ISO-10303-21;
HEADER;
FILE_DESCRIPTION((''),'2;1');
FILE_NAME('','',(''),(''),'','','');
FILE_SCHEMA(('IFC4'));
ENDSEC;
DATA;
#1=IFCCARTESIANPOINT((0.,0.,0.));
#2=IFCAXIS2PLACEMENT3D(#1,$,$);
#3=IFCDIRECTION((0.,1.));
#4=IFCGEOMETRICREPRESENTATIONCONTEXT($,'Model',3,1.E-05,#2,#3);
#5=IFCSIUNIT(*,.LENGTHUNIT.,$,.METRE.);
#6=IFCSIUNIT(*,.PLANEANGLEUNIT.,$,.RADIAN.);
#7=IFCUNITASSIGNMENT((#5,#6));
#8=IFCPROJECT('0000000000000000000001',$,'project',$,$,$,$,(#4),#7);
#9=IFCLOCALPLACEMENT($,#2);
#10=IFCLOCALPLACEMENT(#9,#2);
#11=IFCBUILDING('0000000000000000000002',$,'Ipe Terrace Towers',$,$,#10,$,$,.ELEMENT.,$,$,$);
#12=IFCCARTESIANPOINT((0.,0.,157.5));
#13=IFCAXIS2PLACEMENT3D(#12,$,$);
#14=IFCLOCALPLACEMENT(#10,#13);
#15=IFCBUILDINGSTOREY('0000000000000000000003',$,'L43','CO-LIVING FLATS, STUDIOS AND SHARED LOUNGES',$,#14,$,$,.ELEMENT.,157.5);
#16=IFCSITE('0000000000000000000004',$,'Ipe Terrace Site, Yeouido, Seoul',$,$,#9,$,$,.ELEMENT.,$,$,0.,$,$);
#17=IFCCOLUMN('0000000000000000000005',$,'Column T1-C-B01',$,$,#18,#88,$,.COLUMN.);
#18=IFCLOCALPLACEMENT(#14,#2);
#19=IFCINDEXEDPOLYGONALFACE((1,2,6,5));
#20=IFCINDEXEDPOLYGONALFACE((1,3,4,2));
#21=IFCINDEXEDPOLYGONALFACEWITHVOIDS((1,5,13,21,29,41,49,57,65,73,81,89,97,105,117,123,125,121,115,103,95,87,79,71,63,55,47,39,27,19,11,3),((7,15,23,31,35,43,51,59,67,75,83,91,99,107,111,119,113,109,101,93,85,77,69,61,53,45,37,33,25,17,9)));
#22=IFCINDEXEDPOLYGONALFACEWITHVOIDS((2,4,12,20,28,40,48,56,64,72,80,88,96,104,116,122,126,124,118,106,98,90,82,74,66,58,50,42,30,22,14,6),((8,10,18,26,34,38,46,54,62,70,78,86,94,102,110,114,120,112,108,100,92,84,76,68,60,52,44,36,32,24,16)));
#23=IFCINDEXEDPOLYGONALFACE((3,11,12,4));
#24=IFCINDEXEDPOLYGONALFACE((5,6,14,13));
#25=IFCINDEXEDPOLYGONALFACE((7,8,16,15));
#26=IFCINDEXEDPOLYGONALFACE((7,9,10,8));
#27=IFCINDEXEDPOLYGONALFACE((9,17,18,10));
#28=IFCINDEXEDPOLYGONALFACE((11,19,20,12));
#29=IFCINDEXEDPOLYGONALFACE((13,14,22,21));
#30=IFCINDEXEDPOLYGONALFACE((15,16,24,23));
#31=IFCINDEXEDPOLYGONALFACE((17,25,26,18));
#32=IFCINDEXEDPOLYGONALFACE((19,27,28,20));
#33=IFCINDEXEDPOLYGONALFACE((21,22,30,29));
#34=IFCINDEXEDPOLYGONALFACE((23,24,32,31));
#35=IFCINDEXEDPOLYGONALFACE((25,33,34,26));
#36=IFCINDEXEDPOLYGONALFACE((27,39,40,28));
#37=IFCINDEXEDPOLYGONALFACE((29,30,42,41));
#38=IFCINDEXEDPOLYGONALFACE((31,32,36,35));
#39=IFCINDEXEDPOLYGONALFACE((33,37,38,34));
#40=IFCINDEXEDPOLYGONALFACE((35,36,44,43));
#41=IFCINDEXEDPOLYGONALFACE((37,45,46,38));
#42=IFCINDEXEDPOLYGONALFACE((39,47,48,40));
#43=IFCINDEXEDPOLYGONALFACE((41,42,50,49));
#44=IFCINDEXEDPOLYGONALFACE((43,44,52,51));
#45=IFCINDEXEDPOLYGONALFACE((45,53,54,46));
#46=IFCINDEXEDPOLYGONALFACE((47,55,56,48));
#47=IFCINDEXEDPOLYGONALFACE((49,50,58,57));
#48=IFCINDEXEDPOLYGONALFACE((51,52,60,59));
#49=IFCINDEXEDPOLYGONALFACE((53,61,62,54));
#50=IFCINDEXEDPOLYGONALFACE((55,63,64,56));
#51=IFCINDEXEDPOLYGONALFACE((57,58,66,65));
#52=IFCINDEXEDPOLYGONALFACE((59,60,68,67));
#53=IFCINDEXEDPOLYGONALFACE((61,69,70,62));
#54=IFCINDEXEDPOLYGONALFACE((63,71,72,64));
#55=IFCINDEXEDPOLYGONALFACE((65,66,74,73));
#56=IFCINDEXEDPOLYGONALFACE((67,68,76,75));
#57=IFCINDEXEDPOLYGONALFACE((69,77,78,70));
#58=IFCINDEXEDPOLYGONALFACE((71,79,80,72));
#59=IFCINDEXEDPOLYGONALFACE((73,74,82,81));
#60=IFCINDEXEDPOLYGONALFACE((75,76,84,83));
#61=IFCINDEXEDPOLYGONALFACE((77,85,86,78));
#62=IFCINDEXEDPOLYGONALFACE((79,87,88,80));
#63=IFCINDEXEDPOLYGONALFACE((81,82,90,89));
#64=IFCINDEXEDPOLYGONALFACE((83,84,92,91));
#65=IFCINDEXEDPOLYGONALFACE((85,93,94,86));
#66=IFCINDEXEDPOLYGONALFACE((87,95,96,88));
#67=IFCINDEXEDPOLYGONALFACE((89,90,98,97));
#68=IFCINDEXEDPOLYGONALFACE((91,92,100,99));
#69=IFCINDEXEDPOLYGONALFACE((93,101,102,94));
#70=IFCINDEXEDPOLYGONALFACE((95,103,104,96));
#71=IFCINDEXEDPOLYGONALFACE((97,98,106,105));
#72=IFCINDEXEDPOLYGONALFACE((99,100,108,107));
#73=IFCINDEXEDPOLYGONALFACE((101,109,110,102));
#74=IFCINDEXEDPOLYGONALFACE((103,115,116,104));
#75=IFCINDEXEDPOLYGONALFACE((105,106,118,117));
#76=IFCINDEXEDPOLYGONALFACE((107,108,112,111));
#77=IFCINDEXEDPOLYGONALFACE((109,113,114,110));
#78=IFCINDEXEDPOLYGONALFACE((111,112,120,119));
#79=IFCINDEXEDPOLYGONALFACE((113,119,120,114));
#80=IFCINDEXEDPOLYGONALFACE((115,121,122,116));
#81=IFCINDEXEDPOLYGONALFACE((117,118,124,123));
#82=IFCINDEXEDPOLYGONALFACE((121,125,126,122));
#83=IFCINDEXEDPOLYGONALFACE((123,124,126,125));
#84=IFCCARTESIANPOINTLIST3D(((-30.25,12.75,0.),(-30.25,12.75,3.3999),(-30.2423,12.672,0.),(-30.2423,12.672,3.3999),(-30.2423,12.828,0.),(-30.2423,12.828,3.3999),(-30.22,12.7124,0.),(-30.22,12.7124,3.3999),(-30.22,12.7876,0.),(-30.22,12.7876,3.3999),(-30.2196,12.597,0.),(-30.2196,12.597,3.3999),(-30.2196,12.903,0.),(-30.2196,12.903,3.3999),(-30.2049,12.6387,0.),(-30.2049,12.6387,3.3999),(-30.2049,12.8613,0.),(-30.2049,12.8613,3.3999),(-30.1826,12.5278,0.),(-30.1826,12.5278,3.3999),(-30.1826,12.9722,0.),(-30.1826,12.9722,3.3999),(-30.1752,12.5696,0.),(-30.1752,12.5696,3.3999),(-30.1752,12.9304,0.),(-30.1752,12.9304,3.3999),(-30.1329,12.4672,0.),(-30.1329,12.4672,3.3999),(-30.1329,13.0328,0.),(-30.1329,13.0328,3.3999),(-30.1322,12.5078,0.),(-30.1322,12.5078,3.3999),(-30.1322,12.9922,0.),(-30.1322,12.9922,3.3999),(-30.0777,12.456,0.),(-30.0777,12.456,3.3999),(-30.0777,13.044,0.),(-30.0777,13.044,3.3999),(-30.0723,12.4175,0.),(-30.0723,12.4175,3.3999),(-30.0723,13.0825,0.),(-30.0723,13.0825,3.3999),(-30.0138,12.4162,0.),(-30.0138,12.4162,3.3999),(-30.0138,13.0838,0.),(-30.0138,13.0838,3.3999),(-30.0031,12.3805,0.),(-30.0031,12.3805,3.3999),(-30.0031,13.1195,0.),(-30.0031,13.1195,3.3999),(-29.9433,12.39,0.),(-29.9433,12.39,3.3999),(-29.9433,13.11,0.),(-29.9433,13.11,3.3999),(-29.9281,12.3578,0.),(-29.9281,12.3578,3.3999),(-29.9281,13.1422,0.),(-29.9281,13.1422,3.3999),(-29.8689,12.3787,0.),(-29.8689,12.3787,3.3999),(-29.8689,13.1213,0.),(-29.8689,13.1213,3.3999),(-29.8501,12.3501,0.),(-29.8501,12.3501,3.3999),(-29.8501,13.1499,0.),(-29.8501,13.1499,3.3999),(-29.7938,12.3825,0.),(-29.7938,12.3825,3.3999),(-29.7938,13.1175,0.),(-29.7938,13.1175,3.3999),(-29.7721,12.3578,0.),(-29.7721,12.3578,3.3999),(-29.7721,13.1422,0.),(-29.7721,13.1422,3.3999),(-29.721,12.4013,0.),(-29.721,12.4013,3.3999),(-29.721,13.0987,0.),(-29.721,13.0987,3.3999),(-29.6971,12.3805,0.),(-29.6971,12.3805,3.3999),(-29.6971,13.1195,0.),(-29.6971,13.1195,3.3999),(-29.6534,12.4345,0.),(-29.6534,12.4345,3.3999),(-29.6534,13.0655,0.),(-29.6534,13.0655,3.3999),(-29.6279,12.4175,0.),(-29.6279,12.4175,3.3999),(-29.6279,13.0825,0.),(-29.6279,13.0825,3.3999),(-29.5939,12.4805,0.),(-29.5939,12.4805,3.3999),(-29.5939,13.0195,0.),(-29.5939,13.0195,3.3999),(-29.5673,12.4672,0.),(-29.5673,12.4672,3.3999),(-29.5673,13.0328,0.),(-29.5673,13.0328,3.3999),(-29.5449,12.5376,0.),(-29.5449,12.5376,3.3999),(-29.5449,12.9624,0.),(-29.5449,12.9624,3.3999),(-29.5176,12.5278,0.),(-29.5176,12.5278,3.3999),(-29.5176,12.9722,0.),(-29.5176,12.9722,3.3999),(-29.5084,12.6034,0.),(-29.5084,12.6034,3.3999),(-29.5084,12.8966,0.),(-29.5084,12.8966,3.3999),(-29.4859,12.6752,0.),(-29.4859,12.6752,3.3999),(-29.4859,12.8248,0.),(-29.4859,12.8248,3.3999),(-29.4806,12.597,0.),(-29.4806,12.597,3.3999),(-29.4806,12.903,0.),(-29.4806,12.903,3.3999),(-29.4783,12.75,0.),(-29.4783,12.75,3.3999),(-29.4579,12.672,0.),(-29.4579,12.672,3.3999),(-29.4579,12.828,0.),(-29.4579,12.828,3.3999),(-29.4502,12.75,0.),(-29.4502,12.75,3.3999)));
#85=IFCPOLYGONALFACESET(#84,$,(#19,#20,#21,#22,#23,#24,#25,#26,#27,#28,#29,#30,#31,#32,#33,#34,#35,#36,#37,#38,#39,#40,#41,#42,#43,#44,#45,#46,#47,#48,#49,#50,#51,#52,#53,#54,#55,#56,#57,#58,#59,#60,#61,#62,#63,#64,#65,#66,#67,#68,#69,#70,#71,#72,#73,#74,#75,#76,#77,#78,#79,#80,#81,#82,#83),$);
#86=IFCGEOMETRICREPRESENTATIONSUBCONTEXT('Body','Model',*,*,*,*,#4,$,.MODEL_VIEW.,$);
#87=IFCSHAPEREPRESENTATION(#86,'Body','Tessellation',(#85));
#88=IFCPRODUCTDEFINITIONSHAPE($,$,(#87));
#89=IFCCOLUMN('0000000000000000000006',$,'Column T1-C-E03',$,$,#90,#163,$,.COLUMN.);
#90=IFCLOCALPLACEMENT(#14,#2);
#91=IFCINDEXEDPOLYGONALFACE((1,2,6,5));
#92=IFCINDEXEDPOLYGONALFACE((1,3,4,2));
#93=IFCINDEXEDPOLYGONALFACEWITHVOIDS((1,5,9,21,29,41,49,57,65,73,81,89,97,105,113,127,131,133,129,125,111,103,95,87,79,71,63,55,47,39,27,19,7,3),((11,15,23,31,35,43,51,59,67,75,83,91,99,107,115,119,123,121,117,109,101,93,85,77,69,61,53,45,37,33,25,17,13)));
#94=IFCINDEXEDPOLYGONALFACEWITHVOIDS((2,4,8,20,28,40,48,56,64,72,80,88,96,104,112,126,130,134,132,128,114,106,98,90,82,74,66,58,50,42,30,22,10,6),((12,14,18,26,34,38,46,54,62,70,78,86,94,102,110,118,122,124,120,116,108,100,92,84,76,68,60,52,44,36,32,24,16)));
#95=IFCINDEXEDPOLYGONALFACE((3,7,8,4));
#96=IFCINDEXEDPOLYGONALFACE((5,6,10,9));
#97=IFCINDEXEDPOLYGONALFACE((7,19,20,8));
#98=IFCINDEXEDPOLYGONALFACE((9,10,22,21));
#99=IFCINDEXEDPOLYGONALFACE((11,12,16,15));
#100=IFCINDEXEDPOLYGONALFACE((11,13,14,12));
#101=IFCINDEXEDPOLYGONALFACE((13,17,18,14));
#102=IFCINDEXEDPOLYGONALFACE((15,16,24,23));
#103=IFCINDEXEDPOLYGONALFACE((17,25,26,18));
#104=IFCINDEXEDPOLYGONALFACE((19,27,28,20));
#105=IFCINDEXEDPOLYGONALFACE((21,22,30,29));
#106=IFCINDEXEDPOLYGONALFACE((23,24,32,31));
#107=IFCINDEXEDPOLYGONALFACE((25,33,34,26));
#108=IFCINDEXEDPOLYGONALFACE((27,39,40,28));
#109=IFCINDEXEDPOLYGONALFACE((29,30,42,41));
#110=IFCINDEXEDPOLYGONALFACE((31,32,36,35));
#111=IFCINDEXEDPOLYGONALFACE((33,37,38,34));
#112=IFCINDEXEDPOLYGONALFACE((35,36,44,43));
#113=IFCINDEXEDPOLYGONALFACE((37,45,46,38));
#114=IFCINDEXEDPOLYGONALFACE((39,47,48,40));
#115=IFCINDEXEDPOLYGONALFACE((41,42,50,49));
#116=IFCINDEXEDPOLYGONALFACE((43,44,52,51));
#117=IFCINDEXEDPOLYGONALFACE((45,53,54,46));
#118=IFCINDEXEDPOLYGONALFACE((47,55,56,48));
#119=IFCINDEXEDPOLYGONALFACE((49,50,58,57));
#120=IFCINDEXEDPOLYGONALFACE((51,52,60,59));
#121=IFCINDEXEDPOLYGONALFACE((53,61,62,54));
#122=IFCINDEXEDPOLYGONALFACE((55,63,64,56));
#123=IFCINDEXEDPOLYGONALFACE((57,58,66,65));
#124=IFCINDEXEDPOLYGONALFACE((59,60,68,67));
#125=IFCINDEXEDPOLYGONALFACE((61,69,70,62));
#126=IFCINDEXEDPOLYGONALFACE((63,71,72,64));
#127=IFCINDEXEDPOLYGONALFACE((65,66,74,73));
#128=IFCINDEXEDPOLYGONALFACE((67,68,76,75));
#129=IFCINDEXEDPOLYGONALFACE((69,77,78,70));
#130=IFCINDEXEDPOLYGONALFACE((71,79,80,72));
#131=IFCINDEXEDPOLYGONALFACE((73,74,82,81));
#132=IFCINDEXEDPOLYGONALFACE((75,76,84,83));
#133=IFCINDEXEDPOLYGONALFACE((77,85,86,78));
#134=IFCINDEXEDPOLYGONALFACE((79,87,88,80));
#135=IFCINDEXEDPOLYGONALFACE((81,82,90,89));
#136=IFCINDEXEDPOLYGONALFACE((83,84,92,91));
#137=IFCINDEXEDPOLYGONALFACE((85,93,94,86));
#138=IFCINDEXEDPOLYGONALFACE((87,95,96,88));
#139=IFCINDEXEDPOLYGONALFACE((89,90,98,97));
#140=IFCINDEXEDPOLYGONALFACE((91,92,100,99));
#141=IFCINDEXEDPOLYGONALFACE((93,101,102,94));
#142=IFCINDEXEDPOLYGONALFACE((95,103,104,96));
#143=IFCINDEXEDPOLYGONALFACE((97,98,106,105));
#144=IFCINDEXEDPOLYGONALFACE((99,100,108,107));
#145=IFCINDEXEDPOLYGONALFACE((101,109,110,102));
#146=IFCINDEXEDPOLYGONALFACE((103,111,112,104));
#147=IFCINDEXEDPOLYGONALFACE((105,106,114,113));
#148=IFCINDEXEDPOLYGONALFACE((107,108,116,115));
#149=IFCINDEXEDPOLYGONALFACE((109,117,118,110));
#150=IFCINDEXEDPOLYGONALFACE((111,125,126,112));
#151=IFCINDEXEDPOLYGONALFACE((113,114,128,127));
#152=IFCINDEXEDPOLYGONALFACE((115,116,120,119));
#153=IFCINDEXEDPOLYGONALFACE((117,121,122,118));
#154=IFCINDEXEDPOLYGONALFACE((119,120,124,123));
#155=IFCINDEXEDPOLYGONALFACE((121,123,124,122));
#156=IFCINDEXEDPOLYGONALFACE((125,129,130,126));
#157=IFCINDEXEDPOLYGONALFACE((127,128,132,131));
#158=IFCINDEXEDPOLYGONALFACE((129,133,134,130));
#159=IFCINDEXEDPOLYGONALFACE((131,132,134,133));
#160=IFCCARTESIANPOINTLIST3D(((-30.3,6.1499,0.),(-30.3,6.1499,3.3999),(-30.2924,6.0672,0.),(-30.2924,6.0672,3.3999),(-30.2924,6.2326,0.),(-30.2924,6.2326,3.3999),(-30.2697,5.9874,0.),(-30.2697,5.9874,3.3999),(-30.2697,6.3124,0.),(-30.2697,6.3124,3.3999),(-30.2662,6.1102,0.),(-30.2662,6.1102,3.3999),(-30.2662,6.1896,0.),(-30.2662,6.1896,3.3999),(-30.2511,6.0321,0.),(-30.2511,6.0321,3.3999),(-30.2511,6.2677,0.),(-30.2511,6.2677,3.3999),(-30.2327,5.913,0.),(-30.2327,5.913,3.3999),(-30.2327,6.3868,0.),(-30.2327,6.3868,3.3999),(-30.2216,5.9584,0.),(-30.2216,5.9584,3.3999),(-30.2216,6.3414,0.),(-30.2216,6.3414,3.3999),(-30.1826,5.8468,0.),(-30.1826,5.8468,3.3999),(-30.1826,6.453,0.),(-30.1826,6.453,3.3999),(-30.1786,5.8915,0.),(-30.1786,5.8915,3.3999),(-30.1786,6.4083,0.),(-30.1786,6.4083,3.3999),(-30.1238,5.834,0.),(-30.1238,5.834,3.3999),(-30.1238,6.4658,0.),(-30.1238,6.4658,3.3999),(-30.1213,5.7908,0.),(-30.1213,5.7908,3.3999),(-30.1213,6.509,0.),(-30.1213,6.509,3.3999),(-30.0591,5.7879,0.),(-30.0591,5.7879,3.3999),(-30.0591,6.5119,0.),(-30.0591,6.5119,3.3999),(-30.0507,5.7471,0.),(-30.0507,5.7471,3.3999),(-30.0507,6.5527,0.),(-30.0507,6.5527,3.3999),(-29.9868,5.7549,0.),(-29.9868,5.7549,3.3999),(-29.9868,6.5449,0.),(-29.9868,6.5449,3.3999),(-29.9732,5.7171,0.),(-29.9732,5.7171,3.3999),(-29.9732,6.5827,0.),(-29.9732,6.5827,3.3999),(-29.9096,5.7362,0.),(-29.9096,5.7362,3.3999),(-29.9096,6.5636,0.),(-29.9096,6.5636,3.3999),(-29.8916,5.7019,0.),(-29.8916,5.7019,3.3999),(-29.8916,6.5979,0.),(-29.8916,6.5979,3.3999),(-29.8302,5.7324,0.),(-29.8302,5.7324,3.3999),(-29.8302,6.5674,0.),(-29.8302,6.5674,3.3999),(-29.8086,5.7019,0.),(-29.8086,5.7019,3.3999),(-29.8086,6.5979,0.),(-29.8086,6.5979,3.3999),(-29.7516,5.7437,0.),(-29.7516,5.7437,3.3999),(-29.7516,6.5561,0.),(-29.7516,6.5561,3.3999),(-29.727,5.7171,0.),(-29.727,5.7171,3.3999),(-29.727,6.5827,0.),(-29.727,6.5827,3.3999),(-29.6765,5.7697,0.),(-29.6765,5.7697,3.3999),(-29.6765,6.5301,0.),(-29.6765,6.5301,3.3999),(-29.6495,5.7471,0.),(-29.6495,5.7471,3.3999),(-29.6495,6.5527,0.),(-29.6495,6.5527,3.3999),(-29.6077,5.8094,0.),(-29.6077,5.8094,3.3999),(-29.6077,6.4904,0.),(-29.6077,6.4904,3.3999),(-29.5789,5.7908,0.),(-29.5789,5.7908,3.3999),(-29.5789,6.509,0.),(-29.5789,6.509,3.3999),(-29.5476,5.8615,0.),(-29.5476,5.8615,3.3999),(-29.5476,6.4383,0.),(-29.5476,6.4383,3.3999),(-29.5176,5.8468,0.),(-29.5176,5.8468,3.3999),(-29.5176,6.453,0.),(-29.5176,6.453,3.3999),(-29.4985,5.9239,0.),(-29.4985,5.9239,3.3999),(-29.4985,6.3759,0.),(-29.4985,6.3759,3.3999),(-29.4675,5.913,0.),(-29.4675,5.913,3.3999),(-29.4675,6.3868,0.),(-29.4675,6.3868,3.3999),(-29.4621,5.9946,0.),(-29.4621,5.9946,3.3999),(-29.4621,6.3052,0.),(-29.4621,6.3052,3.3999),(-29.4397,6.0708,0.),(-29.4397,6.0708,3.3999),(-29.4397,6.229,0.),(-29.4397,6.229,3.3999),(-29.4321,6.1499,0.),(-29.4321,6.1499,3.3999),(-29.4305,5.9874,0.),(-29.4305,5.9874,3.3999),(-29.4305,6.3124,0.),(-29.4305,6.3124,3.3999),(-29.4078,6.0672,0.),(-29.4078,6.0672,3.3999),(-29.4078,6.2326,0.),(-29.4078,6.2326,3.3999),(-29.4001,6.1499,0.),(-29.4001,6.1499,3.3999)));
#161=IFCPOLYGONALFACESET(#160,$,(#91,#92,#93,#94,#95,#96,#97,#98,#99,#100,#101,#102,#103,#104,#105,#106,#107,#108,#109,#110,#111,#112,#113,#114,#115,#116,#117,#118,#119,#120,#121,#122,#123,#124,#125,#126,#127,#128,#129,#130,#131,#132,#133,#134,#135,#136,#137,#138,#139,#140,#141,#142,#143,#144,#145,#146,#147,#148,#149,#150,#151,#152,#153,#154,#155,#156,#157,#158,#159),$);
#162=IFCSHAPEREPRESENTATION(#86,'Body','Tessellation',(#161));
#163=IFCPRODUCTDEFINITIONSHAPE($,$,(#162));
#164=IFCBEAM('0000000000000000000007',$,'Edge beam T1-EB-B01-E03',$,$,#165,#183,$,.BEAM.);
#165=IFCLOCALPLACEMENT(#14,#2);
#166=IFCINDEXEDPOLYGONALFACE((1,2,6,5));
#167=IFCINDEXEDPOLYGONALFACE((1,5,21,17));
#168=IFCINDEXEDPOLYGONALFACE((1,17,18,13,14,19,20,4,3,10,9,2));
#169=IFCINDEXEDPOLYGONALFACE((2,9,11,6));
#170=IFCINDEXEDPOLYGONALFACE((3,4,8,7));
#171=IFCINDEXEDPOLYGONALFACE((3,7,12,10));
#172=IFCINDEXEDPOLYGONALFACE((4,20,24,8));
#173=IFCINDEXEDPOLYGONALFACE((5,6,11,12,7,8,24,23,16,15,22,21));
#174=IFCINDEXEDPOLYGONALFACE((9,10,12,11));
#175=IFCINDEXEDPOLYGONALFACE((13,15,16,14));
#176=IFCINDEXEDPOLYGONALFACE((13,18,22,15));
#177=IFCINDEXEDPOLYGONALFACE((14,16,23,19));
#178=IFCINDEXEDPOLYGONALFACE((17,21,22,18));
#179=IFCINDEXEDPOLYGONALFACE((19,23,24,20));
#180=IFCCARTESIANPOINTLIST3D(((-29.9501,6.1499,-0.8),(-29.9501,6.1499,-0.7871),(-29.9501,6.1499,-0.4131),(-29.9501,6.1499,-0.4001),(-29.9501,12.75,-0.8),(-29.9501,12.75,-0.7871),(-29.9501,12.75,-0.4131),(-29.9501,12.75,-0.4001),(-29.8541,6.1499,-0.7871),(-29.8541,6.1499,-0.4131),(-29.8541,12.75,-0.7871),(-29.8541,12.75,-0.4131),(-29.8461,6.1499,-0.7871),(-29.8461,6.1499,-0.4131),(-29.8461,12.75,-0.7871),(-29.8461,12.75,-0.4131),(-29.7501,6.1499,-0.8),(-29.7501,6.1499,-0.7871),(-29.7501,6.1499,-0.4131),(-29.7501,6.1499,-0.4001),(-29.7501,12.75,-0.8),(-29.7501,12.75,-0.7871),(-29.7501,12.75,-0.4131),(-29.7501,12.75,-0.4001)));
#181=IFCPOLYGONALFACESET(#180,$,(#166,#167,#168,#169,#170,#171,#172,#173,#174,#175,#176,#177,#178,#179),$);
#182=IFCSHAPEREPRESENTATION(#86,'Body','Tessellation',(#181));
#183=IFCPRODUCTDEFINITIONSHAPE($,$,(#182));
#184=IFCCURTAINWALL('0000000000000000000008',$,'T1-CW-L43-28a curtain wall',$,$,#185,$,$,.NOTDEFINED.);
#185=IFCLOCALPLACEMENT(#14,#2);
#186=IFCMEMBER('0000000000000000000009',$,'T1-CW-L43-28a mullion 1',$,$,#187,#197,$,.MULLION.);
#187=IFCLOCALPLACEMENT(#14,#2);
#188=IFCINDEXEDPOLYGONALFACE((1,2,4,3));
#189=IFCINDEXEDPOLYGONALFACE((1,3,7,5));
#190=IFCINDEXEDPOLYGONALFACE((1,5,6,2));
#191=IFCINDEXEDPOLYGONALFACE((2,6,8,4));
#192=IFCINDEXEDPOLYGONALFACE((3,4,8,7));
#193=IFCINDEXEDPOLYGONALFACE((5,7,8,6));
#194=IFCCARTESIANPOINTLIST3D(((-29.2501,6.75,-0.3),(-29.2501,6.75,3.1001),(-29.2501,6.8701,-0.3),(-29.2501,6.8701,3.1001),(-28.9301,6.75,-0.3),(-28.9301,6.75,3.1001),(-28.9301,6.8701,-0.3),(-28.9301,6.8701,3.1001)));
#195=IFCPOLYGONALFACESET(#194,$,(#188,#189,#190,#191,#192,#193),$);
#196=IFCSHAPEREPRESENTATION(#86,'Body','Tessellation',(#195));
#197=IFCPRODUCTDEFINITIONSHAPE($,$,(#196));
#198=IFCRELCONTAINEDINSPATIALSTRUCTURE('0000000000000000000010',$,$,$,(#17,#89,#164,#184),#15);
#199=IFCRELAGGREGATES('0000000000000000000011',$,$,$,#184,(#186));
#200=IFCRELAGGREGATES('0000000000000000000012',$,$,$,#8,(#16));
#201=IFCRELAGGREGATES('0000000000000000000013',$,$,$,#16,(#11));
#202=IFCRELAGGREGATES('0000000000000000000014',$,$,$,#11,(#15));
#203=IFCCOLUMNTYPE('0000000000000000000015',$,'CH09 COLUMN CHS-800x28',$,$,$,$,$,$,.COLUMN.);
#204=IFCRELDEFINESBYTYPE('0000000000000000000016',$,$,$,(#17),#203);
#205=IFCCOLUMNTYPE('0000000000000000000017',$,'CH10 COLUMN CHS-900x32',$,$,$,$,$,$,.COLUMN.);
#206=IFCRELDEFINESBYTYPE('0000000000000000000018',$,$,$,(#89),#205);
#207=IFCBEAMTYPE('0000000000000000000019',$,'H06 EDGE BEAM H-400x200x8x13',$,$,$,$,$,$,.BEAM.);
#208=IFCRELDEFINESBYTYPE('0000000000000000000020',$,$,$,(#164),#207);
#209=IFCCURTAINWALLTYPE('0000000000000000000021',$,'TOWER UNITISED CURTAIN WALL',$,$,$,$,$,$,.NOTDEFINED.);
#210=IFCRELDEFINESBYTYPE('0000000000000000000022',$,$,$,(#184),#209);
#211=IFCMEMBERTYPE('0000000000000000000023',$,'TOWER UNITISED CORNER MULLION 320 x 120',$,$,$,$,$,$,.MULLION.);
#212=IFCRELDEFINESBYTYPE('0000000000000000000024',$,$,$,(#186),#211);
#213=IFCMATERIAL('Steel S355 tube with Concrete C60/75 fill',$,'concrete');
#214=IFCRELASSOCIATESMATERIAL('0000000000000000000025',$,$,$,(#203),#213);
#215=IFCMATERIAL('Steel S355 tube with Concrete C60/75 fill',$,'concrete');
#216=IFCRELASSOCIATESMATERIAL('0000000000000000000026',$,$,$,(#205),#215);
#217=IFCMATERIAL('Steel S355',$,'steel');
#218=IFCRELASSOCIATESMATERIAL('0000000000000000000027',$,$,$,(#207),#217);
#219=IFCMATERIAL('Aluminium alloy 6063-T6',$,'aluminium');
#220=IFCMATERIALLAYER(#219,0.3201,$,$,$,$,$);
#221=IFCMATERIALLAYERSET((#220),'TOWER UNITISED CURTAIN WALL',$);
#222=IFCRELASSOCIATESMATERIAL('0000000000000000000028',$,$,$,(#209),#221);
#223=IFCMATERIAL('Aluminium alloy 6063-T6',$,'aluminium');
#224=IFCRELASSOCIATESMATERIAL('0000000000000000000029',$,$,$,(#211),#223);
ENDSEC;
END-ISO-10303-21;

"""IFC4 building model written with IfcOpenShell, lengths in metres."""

from ifc_helpers import new_model, si_unit, direction, frame, origin, origin_2d, place, context, subcontext, project, spatial, rectangle, hollow_circle, i_section, extrude, material, layer, layer_set, material_profile, profile_set, type_object, element, aggregate, save


model = new_model("IFC4")

# Units and contexts
model_context = context("Model", 3, precision=1e-05, world=origin(), true_north=direction((0.0, 1.0)))
body_context = subcontext(model_context, "Body", "Model", "MODEL_VIEW")
ifc_project = project(units=[si_unit("LENGTHUNIT", "METRE"), si_unit("PLANEANGLEUNIT", "RADIAN")], contexts=[model_context])

# Site, building, storey
site_placement = place(None, origin())
site = spatial("IfcSite", under=ifc_project, at=site_placement, Name="Ipe Terrace Site, Yeouido, Seoul", CompositionType="ELEMENT", RefElevation=0.0)
building_placement = place(site_placement, origin())
building = spatial("IfcBuilding", under=site, at=building_placement, Name="Ipe Terrace Towers", CompositionType="ELEMENT")
storey_placement = place(building_placement, frame((0.0, 0.0, 157.5)))
storey = spatial("IfcBuildingStorey", under=building, at=storey_placement, Name="L43", Description="CO-LIVING FLATS, STUDIOS AND SHARED LOUNGES", CompositionType="ELEMENT", Elevation=157.5)

# Columns
ifc_material_1 = material(Name="Steel S355 tube with Concrete C60/75 fill", Category="concrete")
ifc_material_profile_1 = material_profile(ifc_material_1, hollow_circle(Radius=0.3999, WallThickness=0.0281, at=origin_2d()), Name="CHS-800x28")
ifc_profile_set_1 = profile_set([ifc_material_profile_1], Name="Steel S355 tube with Concrete C60/75 fill")
column_type_1 = type_object("IfcColumnType", Name="CH09 COLUMN CHS-800x28", PredefinedType="COLUMN", material=ifc_profile_set_1)
column_1_placement = place(storey_placement, frame((-29.8501, 12.75, 0.0), z_axis=(0.0, 0.0, 1.0), x_axis=(1.0, 0.0, 0.0)))
element("IfcColumn", 1, at=column_1_placement, inside=storey, type_object=column_type_1, Name="Column T1-C-B01", PredefinedType="COLUMN", context=body_context, shape_type="SweptSolid", body=[
    extrude(hollow_circle(Radius=0.3999, WallThickness=0.0281, at=origin_2d()), origin(), (0.0, 0.0, 1.0), 3.3999),
])
ifc_material_2 = material(Name="Steel S355 tube with Concrete C60/75 fill", Category="concrete")
ifc_material_profile_2 = material_profile(ifc_material_2, hollow_circle(Radius=0.45, WallThickness=0.032, at=origin_2d()), Name="CHS-900x32")
ifc_profile_set_2 = profile_set([ifc_material_profile_2], Name="Steel S355 tube with Concrete C60/75 fill")
column_type_2 = type_object("IfcColumnType", Name="CH10 COLUMN CHS-900x32", PredefinedType="COLUMN", material=ifc_profile_set_2)
column_2_placement = place(storey_placement, frame((-29.8501, 6.1499, 0.0), z_axis=(0.0, 0.0, 1.0), x_axis=(1.0, 0.0, 0.0)))
element("IfcColumn", 2, at=column_2_placement, inside=storey, type_object=column_type_2, Name="Column T1-C-E03", PredefinedType="COLUMN", context=body_context, shape_type="SweptSolid", body=[
    extrude(hollow_circle(Radius=0.45, WallThickness=0.032, at=origin_2d()), origin(), (0.0, 0.0, 1.0), 3.3999),
])

# Beam
ifc_material_3 = material(Name="Steel S355", Category="steel")
ifc_material_profile_3 = material_profile(ifc_material_3, i_section(OverallWidth=0.2, OverallDepth=0.3999, WebThickness=0.0081, FlangeThickness=0.0129, at=origin_2d()), Name="H-400x200x8x13")
ifc_profile_set_3 = profile_set([ifc_material_profile_3], Name="Steel S355")
beam_type = type_object("IfcBeamType", Name="H06 EDGE BEAM H-400x200x8x13", PredefinedType="BEAM", material=ifc_profile_set_3)
beam_placement = place(storey_placement, frame((-29.8501, 12.75, -0.6001), z_axis=(0.0, -1.0, 0.0), x_axis=(1.0, 0.0, 0.0)))
element("IfcBeam", 3, at=beam_placement, inside=storey, type_object=beam_type, Name="Edge beam T1-EB-B01-E03", PredefinedType="BEAM", context=body_context, shape_type="SweptSolid", body=[
    extrude(i_section(OverallWidth=0.2, OverallDepth=0.3999, WebThickness=0.0081, FlangeThickness=0.0129, at=origin_2d()), origin(), (0.0, 0.0, 1.0), 6.6001),
])

# Curtain wall, member
ifc_material_4 = material(Name="Aluminium alloy 6063-T6", Category="aluminium")
ifc_layer_1 = layer(ifc_material_4, 0.3201)
ifc_layer_set_1 = layer_set([ifc_layer_1], Name="TOWER UNITISED CURTAIN WALL")
curtain_wall_type = type_object("IfcCurtainWallType", Name="TOWER UNITISED CURTAIN WALL", PredefinedType="NOTDEFINED", material=ifc_layer_set_1)
curtain_wall_placement = place(storey_placement, origin())
curtain_wall = element("IfcCurtainWall", 4, at=curtain_wall_placement, inside=storey, type_object=curtain_wall_type, Name="T1-CW-L43-28a curtain wall", PredefinedType="NOTDEFINED")
ifc_material_5 = material(Name="Aluminium alloy 6063-T6", Category="aluminium")
ifc_material_profile_4 = material_profile(ifc_material_5, rectangle(XDim=0.3201, YDim=0.1201, at=origin_2d()), Name="TOWER UNITISED CORNER MULLION 320 x 120")
ifc_profile_set_4 = profile_set([ifc_material_profile_4], Name="Aluminium alloy 6063-T6")
member_type = type_object("IfcMemberType", Name="TOWER UNITISED CORNER MULLION 320 x 120", PredefinedType="MULLION", material=ifc_profile_set_4)
member_1_placement = place(storey_placement, frame((-29.0901, 6.8101, -0.3), z_axis=(0.0, 0.0, 1.0), x_axis=(1.0, 0.0, 0.0)))
member_1 = element("IfcMember", 5, at=member_1_placement, type_object=member_type, Name="T1-CW-L43-28a mullion 1", PredefinedType="MULLION", context=body_context, shape_type="SweptSolid", body=[
    extrude(rectangle(XDim=0.3201, YDim=0.1201, at=origin_2d()), origin(), (0.0, 0.0, 1.0), 3.4001),
])
aggregate(curtain_wall, [member_1])

save(model, "model.ifc")
